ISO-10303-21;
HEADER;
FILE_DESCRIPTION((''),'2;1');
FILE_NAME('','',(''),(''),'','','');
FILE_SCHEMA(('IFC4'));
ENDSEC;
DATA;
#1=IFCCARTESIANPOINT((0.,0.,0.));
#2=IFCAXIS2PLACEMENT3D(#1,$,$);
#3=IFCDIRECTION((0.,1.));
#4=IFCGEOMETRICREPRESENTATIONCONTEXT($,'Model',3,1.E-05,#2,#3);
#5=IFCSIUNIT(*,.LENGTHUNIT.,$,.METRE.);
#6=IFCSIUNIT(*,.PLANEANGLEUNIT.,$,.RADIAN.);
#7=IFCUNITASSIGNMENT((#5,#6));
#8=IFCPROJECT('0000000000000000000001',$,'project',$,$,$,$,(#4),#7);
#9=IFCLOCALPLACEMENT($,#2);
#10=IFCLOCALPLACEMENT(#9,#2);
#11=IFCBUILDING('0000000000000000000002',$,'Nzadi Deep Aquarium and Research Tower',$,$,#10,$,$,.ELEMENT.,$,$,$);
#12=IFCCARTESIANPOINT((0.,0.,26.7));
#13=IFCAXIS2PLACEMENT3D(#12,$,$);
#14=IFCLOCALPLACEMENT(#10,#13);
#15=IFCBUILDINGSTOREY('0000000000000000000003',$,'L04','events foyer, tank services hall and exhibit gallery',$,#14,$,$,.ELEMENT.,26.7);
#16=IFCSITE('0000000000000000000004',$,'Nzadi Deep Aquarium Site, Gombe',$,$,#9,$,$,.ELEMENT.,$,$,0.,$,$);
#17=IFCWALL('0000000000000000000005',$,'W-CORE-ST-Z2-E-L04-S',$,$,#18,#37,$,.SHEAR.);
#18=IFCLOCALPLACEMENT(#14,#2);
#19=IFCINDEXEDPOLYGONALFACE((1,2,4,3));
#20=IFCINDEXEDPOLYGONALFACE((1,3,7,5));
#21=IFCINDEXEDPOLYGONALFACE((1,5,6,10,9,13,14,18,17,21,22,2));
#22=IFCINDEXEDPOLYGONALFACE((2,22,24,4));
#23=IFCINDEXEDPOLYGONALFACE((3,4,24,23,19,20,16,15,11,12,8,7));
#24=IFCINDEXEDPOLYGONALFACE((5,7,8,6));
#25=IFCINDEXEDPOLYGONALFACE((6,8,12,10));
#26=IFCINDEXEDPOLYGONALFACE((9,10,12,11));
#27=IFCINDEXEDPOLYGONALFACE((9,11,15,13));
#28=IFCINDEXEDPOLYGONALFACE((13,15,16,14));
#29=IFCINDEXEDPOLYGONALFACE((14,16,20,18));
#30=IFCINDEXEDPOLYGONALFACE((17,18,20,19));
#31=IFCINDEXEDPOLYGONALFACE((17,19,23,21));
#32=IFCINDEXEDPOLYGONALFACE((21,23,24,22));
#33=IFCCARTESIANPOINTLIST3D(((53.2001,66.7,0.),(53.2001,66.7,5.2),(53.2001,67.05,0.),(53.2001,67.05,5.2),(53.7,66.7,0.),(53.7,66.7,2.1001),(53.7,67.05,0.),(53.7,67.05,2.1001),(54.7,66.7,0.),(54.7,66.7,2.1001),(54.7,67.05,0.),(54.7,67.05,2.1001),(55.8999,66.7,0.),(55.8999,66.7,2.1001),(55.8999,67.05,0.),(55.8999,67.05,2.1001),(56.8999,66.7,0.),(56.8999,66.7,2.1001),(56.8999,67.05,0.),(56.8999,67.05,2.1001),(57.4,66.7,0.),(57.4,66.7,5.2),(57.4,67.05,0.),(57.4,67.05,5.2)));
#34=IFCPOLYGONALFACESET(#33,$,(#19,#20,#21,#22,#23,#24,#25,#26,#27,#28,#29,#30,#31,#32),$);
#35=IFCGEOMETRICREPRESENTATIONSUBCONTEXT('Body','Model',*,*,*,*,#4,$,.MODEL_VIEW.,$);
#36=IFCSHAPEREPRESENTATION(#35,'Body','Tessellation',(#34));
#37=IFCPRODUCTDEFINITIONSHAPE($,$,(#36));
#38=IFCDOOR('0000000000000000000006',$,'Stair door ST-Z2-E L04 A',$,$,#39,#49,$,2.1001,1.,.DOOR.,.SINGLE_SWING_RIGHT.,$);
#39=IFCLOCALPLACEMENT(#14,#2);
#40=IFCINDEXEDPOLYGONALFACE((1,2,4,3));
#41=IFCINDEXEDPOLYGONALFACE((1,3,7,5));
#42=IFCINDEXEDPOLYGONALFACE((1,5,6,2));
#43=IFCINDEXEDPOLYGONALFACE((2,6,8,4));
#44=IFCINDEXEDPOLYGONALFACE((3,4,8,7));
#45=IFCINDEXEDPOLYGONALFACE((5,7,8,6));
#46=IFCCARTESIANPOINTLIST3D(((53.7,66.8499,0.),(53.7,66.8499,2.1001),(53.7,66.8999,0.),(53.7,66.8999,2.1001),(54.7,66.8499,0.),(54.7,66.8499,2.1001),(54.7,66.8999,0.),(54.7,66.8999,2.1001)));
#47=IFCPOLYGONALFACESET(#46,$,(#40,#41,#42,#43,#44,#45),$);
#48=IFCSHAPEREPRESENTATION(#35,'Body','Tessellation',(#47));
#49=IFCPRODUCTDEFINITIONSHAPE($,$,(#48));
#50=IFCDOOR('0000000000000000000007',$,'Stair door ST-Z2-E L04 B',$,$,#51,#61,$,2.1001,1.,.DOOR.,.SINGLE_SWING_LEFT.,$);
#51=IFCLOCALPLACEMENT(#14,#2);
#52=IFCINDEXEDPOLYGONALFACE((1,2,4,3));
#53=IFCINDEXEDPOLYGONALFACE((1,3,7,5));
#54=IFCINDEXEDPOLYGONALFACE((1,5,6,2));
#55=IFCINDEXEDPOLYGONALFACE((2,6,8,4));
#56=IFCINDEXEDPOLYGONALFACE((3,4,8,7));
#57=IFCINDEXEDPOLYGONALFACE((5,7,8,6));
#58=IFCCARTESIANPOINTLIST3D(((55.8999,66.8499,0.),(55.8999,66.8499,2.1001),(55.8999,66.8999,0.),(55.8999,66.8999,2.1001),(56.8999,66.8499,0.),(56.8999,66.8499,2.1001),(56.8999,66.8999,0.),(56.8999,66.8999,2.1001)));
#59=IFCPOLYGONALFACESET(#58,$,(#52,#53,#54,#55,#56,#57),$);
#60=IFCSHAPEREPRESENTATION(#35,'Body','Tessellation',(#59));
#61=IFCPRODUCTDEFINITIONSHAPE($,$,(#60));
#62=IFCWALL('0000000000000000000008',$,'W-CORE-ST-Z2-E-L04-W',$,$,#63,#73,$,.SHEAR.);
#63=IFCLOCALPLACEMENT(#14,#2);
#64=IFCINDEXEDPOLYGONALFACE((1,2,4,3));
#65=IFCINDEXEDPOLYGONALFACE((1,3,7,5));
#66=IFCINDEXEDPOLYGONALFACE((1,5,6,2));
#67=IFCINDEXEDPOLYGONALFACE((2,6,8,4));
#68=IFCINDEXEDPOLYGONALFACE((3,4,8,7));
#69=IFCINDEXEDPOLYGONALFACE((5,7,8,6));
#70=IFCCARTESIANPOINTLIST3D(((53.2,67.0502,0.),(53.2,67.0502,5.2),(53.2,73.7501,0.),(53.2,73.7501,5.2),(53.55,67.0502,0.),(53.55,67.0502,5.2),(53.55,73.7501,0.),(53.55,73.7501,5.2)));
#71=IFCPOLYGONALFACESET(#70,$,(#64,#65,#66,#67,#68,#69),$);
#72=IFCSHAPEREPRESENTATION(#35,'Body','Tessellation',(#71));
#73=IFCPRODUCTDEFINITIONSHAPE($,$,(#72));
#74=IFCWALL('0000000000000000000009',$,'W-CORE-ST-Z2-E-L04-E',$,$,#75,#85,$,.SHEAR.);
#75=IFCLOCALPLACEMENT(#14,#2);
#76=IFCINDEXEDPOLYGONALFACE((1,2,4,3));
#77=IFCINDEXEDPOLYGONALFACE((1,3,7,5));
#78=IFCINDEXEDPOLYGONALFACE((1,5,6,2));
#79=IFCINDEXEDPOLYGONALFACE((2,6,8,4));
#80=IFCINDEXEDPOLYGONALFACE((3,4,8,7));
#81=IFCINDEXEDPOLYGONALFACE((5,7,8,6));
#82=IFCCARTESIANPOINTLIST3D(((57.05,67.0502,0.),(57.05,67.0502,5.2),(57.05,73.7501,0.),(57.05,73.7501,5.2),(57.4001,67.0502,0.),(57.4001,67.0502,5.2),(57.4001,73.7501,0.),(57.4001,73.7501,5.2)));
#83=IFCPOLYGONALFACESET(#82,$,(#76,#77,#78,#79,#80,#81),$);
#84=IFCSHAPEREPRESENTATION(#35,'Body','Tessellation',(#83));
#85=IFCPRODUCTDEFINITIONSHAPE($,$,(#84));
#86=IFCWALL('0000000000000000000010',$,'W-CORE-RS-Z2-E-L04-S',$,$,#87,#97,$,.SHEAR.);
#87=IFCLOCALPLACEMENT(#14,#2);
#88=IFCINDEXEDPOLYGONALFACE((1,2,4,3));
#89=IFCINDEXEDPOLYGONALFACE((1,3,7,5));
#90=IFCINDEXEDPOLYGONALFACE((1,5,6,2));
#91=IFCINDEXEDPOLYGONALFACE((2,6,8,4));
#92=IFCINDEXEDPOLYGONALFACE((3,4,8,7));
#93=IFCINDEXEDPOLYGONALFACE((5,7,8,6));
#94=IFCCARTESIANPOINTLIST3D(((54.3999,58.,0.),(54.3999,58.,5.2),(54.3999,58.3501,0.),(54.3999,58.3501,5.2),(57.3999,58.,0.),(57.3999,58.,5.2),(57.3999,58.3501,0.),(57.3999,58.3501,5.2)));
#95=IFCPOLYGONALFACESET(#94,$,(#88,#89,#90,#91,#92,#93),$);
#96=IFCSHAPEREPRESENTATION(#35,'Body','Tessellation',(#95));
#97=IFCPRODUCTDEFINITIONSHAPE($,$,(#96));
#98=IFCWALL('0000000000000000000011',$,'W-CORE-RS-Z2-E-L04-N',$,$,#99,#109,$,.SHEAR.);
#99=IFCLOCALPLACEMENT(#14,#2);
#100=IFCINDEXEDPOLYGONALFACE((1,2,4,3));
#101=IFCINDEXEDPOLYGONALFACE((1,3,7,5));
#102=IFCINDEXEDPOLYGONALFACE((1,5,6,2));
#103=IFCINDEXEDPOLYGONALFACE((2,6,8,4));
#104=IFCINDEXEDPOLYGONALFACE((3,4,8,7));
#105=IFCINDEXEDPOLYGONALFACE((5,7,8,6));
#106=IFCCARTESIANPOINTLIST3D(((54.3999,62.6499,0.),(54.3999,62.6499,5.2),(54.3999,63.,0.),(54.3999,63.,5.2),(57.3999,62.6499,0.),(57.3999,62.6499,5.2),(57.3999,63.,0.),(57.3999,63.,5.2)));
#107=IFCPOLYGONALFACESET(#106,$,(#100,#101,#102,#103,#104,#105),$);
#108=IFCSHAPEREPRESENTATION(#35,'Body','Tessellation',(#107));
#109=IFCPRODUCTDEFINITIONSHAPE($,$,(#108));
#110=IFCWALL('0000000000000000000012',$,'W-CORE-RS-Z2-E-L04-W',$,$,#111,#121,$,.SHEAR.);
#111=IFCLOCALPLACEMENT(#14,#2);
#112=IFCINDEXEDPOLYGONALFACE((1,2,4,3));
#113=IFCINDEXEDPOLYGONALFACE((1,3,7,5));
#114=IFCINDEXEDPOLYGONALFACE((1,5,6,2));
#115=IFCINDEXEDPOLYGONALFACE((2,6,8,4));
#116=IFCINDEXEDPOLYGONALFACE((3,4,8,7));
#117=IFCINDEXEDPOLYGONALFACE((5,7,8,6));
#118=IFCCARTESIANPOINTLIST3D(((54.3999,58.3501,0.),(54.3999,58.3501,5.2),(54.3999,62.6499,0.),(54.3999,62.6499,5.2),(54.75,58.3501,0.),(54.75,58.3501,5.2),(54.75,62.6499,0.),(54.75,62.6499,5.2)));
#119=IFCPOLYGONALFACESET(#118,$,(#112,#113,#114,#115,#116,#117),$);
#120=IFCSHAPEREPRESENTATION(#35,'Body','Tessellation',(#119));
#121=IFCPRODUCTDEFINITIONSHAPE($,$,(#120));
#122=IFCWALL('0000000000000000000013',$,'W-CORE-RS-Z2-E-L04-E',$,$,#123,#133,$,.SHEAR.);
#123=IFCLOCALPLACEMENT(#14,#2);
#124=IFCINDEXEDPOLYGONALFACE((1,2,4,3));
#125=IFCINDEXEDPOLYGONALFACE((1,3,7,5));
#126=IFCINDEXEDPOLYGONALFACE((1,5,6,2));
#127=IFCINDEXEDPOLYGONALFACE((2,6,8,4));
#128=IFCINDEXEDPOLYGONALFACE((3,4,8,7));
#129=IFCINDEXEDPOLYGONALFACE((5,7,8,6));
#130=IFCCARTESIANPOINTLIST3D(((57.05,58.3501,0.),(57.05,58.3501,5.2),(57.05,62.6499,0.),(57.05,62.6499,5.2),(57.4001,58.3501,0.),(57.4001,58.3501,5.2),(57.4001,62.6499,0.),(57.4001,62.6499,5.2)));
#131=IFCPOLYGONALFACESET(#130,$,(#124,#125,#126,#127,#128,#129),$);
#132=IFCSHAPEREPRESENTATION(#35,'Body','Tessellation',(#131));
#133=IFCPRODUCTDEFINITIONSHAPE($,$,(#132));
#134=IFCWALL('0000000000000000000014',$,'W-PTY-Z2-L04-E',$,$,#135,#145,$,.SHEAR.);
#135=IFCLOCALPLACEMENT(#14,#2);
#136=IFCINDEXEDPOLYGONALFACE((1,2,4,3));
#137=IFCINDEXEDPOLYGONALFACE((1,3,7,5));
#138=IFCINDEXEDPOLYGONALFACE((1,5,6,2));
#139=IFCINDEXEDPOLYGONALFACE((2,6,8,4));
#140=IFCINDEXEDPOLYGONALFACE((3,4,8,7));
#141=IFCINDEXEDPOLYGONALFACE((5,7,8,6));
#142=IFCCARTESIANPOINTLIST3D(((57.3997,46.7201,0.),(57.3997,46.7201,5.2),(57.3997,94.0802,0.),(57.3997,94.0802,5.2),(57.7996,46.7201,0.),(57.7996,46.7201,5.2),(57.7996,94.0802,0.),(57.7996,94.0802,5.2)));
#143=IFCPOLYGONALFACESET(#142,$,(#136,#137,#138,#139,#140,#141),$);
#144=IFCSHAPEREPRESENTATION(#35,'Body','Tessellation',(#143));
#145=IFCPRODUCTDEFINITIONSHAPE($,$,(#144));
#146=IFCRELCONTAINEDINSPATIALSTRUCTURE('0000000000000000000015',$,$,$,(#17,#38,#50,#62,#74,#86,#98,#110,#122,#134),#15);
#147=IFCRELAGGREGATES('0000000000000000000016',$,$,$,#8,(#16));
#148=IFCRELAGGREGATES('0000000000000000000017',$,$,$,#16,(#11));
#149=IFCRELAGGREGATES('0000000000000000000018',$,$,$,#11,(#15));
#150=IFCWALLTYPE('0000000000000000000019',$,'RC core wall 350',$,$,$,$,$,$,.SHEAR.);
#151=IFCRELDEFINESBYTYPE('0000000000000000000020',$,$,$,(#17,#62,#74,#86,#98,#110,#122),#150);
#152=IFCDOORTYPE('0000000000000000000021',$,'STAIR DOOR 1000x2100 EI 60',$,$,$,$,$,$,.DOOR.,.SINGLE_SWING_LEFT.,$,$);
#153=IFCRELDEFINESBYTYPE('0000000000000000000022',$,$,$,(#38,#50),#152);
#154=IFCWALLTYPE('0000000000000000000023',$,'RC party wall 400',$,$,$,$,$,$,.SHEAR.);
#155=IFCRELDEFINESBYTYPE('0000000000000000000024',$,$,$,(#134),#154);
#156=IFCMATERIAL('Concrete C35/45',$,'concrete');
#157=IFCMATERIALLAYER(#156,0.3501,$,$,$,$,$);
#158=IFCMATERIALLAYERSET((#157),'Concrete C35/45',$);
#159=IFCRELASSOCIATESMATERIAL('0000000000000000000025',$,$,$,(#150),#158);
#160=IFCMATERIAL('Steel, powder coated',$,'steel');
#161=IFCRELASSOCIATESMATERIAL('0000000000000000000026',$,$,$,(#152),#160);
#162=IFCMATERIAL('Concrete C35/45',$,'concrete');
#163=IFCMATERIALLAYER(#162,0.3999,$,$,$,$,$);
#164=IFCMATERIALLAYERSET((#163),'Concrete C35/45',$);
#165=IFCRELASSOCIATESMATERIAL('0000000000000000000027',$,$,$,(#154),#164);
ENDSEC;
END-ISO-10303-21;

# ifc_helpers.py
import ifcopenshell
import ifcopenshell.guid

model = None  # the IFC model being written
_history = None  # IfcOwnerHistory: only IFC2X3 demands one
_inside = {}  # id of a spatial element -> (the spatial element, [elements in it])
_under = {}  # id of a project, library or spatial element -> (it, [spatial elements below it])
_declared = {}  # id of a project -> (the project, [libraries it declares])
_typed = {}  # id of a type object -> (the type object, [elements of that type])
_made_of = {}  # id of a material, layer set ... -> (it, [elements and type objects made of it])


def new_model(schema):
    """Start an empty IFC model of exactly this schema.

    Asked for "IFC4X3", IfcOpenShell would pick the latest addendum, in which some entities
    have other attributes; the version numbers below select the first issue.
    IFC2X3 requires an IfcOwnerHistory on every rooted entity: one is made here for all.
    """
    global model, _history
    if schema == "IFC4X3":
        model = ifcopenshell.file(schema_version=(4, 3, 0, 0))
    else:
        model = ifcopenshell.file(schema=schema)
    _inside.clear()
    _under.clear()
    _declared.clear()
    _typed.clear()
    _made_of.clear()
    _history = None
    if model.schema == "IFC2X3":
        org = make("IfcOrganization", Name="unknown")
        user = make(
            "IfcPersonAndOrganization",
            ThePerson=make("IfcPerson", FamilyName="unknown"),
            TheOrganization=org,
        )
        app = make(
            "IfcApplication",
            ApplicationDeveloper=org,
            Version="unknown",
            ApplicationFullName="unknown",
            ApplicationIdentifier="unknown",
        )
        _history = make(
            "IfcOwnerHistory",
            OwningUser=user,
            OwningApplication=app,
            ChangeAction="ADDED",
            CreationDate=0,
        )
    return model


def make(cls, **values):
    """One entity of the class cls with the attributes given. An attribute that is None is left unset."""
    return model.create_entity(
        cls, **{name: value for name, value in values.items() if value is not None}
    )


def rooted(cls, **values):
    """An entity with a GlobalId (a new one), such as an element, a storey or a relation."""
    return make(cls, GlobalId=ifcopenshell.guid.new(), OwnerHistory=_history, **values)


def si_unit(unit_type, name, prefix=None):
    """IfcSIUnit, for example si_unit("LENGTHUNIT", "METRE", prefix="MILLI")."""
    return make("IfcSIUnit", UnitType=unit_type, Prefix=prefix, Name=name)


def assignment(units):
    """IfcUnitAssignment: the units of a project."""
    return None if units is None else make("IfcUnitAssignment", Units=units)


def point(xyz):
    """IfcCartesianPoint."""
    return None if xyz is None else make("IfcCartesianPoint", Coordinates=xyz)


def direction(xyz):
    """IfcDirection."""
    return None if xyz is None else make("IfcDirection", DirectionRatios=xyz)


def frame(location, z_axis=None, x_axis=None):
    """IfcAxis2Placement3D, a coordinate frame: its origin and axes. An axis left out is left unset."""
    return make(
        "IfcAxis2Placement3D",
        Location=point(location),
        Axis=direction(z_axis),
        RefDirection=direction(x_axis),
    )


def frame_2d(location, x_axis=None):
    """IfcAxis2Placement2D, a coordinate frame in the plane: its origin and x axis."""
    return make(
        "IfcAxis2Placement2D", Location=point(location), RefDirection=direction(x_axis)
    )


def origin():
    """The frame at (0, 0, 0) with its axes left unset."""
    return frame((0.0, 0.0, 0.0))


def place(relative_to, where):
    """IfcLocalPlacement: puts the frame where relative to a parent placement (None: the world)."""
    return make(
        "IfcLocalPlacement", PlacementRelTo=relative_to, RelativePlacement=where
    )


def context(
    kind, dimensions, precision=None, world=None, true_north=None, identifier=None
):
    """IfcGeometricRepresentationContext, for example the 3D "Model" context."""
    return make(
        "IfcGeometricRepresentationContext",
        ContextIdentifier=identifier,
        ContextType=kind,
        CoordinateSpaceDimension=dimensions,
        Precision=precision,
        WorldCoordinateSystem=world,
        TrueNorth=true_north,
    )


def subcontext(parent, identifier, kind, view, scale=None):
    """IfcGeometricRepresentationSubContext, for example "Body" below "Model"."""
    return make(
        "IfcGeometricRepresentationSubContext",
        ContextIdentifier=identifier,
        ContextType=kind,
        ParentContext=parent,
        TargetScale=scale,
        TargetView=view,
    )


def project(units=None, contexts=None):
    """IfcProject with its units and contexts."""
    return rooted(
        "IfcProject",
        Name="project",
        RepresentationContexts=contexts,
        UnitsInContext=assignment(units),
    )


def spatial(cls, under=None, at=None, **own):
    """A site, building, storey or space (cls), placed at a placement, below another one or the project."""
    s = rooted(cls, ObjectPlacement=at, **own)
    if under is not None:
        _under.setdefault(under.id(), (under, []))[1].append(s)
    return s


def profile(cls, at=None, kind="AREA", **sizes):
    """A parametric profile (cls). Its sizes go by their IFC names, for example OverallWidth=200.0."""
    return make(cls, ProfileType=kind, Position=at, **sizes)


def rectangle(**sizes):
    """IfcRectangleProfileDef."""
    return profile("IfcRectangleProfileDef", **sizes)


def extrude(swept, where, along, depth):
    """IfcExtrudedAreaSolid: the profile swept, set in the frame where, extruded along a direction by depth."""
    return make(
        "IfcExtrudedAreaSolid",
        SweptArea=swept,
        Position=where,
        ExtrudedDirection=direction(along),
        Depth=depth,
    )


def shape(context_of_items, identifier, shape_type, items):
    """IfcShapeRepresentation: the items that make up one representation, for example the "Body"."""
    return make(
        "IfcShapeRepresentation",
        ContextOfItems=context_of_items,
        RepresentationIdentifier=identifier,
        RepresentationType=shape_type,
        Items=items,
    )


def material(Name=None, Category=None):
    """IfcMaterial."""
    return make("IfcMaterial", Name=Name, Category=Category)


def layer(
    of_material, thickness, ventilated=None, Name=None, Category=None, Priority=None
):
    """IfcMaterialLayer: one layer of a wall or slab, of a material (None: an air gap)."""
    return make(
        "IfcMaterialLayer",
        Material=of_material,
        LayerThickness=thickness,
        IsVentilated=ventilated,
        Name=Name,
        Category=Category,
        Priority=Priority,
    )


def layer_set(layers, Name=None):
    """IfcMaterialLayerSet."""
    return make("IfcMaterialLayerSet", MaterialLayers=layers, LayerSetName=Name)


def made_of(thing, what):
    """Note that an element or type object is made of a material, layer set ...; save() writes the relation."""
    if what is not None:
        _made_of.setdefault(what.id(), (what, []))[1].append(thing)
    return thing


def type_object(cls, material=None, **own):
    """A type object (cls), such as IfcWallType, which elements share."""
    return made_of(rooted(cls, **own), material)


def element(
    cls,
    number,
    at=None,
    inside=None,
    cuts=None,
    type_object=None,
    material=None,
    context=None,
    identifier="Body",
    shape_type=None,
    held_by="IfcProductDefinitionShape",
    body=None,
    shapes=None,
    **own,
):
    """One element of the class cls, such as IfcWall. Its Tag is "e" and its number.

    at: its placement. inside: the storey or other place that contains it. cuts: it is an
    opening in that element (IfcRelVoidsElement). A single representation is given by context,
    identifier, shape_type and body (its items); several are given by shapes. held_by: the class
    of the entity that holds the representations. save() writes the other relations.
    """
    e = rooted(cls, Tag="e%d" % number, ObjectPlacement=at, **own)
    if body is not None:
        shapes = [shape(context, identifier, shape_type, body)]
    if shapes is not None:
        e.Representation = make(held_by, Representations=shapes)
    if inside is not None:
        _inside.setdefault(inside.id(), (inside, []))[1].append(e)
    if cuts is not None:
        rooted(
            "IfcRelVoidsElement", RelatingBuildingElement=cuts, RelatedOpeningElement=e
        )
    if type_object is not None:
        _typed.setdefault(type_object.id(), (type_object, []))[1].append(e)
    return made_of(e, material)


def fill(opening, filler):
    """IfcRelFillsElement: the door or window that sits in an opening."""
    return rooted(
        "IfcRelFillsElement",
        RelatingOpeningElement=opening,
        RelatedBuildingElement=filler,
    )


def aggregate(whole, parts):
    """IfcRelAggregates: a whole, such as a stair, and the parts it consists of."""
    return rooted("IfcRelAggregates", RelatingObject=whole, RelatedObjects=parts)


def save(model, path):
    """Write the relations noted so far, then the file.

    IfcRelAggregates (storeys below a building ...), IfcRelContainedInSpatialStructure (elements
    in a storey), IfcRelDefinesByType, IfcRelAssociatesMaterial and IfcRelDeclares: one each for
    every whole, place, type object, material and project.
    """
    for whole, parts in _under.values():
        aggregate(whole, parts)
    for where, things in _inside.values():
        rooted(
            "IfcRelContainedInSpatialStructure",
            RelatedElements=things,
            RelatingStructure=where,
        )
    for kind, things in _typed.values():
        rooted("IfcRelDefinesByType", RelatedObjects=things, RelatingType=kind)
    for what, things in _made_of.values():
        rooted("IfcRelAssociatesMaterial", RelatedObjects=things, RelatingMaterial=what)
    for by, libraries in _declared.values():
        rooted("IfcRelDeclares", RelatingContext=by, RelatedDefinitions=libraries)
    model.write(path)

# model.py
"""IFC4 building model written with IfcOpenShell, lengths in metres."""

from ifc_helpers import new_model, si_unit, direction, frame, frame_2d, origin, place, context, subcontext, project, spatial, rectangle, extrude, material, layer, layer_set, type_object, element, fill, save


model = new_model("IFC4")

# Units and contexts
model_context = context("Model", 3, precision=1e-05, world=origin(), true_north=direction((0.0, 1.0)))
body_context = subcontext(model_context, "Body", "Model", "MODEL_VIEW")
ifc_project = project(units=[si_unit("LENGTHUNIT", "METRE"), si_unit("PLANEANGLEUNIT", "RADIAN")], contexts=[model_context])

# Site, building, storey
site_placement = place(None, origin())
site = spatial("IfcSite", under=ifc_project, at=site_placement, Name="Nzadi Deep Aquarium Site, Gombe", CompositionType="ELEMENT", RefElevation=0.0)
building_placement = place(site_placement, origin())
building = spatial("IfcBuilding", under=site, at=building_placement, Name="Nzadi Deep Aquarium and Research Tower", CompositionType="ELEMENT")
storey_placement = place(building_placement, frame((0.0, 0.0, 26.7)))
storey = spatial("IfcBuildingStorey", under=building, at=storey_placement, Name="L04", Description="events foyer, tank services hall and exhibit gallery", CompositionType="ELEMENT", Elevation=26.7)

# Wall, openings, doors
ifc_material_1 = material(Name="Concrete C35/45", Category="concrete")
ifc_layer_1 = layer(ifc_material_1, 0.3501)
ifc_layer_set_1 = layer_set([ifc_layer_1], Name="Concrete C35/45")
wall_type_1 = type_object("IfcWallType", Name="RC core wall 350", PredefinedType="SHEAR", material=ifc_layer_set_1)
wall_1_placement = place(storey_placement, frame((53.2, 66.875, 0.0), z_axis=(0.0, 0.0, 1.0), x_axis=(1.0, 0.0, 0.0)))
wall_1 = element("IfcWall", 1, at=wall_1_placement, inside=storey, type_object=wall_type_1, Name="W-CORE-ST-Z2-E-L04-S", PredefinedType="SHEAR", context=body_context, shape_type="SweptSolid", body=[
    extrude(rectangle(XDim=4.2, YDim=0.3501, at=frame_2d((2.1001, 0.0))), origin(), (0.0, 0.0, 1.0), 5.2),
])
opening_1_placement = place(wall_1_placement, frame((0.5, 0.0, 0.0)))
opening_1 = element("IfcOpeningElement", 2, at=opening_1_placement, cuts=wall_1, PredefinedType="OPENING", context=body_context, shape_type="SweptSolid", body=[
    extrude(rectangle(XDim=1.0, YDim=2.1001, at=frame_2d((0.5, 1.05))), frame((0.0, 0.1851, 0.0), z_axis=(0.0, -1.0, 0.0), x_axis=(1.0, 0.0, 0.0)), (0.0, 0.0, 1.0), 0.3701),
])
opening_2_placement = place(wall_1_placement, frame((2.7, 0.0, 0.0)))
opening_2 = element("IfcOpeningElement", 3, at=opening_2_placement, cuts=wall_1, PredefinedType="OPENING", context=body_context, shape_type="SweptSolid", body=[
    extrude(rectangle(XDim=1.0, YDim=2.1001, at=frame_2d((0.5, 1.05))), frame((0.0, 0.1851, 0.0), z_axis=(0.0, -1.0, 0.0), x_axis=(1.0, 0.0, 0.0)), (0.0, 0.0, 1.0), 0.3701),
])
ifc_material_2 = material(Name="Steel, powder coated", Category="steel")
door_type_1 = type_object("IfcDoorType", Name="STAIR DOOR 1000x2100 EI 60", OperationType="SINGLE_SWING_LEFT", PredefinedType="DOOR", material=ifc_material_2)
door_1_placement = place(opening_1_placement, origin())
door_1 = element("IfcDoor", 4, at=door_1_placement, inside=storey, type_object=door_type_1, Name="Stair door ST-Z2-E L04 A", OperationType="SINGLE_SWING_RIGHT", OverallHeight=2.1001, OverallWidth=1.0, PredefinedType="DOOR", context=body_context, shape_type="SweptSolid", body=[
    extrude(rectangle(XDim=1.0, YDim=2.1001, at=frame_2d((0.5, 1.05))), frame((0.0, 0.0249, 0.0), z_axis=(0.0, -1.0, 0.0), x_axis=(1.0, 0.0, 0.0)), (0.0, 0.0, 1.0), 0.05),
])
fill(opening_1, door_1)
door_2_placement = place(opening_2_placement, origin())
door_2 = element("IfcDoor", 5, at=door_2_placement, inside=storey, type_object=door_type_1, Name="Stair door ST-Z2-E L04 B", OperationType="SINGLE_SWING_LEFT", OverallHeight=2.1001, OverallWidth=1.0, PredefinedType="DOOR", context=body_context, shape_type="SweptSolid", body=[
    extrude(rectangle(XDim=1.0, YDim=2.1001, at=frame_2d((0.5, 1.05))), frame((0.0, 0.0249, 0.0), z_axis=(0.0, -1.0, 0.0), x_axis=(1.0, 0.0, 0.0)), (0.0, 0.0, 1.0), 0.05),
])
fill(opening_2, door_2)

# Walls
for number, where, z_axis, x_axis, name in (
    (6, (53.375, 67.05, 0.0), (0.0, 0.0, 1.0), (0.0, 1.0, 0.0), "W-CORE-ST-Z2-E-L04-W"),
    (7, (57.2251, 67.05, 0.0), (0.0, 0.0, 1.0), (0.0, 1.0, 0.0), "W-CORE-ST-Z2-E-L04-E"),
):
    element("IfcWall", number, at=place(storey_placement, frame(where, z_axis=z_axis, x_axis=x_axis)), inside=storey, type_object=wall_type_1, Name=name, PredefinedType="SHEAR", context=body_context, shape_type="SweptSolid", body=[
        extrude(rectangle(XDim=6.7, YDim=0.3501, at=frame_2d((3.3501, 0.0))), origin(), (0.0, 0.0, 1.0), 5.2),
    ])
for number, where, z_axis, x_axis, name in (
    (8, (54.3999, 58.175, 0.0), (0.0, 0.0, 1.0), (1.0, 0.0, 0.0), "W-CORE-RS-Z2-E-L04-S"),
    (9, (54.3999, 62.825, 0.0), (0.0, 0.0, 1.0), (1.0, 0.0, 0.0), "W-CORE-RS-Z2-E-L04-N"),
):
    element("IfcWall", number, at=place(storey_placement, frame(where, z_axis=z_axis, x_axis=x_axis)), inside=storey, type_object=wall_type_1, Name=name, PredefinedType="SHEAR", context=body_context, shape_type="SweptSolid", body=[
        extrude(rectangle(XDim=3.0, YDim=0.3501, at=frame_2d((1.5, 0.0))), origin(), (0.0, 0.0, 1.0), 5.2),
    ])
for number, where, z_axis, x_axis, name in (
    (10, (54.575, 58.3501, 0.0), (0.0, 0.0, 1.0), (0.0, 1.0, 0.0), "W-CORE-RS-Z2-E-L04-W"),
    (11, (57.2251, 58.3501, 0.0), (0.0, 0.0, 1.0), (0.0, 1.0, 0.0), "W-CORE-RS-Z2-E-L04-E"),
):
    element("IfcWall", number, at=place(storey_placement, frame(where, z_axis=z_axis, x_axis=x_axis)), inside=storey, type_object=wall_type_1, Name=name, PredefinedType="SHEAR", context=body_context, shape_type="SweptSolid", body=[
        extrude(rectangle(XDim=4.2998, YDim=0.3501, at=frame_2d((2.1499, 0.0))), origin(), (0.0, 0.0, 1.0), 5.2),
    ])
ifc_material_3 = material(Name="Concrete C35/45", Category="concrete")
ifc_layer_2 = layer(ifc_material_3, 0.3999)
ifc_layer_set_2 = layer_set([ifc_layer_2], Name="Concrete C35/45")
wall_type_2 = type_object("IfcWallType", Name="RC party wall 400", PredefinedType="SHEAR", material=ifc_layer_set_2)
wall_2_placement = place(storey_placement, frame((57.5996, 46.72, 0.0), z_axis=(0.0, 0.0, 1.0), x_axis=(0.0, 1.0, 0.0)))
element("IfcWall", 12, at=wall_2_placement, inside=storey, type_object=wall_type_2, Name="W-PTY-Z2-L04-E", PredefinedType="SHEAR", context=body_context, shape_type="SweptSolid", body=[
    extrude(rectangle(XDim=47.3601, YDim=0.3999, at=frame_2d((23.6802, 0.0))), origin(), (0.0, 0.0, 1.0), 5.2),
])

save(model, "model.ifc")
